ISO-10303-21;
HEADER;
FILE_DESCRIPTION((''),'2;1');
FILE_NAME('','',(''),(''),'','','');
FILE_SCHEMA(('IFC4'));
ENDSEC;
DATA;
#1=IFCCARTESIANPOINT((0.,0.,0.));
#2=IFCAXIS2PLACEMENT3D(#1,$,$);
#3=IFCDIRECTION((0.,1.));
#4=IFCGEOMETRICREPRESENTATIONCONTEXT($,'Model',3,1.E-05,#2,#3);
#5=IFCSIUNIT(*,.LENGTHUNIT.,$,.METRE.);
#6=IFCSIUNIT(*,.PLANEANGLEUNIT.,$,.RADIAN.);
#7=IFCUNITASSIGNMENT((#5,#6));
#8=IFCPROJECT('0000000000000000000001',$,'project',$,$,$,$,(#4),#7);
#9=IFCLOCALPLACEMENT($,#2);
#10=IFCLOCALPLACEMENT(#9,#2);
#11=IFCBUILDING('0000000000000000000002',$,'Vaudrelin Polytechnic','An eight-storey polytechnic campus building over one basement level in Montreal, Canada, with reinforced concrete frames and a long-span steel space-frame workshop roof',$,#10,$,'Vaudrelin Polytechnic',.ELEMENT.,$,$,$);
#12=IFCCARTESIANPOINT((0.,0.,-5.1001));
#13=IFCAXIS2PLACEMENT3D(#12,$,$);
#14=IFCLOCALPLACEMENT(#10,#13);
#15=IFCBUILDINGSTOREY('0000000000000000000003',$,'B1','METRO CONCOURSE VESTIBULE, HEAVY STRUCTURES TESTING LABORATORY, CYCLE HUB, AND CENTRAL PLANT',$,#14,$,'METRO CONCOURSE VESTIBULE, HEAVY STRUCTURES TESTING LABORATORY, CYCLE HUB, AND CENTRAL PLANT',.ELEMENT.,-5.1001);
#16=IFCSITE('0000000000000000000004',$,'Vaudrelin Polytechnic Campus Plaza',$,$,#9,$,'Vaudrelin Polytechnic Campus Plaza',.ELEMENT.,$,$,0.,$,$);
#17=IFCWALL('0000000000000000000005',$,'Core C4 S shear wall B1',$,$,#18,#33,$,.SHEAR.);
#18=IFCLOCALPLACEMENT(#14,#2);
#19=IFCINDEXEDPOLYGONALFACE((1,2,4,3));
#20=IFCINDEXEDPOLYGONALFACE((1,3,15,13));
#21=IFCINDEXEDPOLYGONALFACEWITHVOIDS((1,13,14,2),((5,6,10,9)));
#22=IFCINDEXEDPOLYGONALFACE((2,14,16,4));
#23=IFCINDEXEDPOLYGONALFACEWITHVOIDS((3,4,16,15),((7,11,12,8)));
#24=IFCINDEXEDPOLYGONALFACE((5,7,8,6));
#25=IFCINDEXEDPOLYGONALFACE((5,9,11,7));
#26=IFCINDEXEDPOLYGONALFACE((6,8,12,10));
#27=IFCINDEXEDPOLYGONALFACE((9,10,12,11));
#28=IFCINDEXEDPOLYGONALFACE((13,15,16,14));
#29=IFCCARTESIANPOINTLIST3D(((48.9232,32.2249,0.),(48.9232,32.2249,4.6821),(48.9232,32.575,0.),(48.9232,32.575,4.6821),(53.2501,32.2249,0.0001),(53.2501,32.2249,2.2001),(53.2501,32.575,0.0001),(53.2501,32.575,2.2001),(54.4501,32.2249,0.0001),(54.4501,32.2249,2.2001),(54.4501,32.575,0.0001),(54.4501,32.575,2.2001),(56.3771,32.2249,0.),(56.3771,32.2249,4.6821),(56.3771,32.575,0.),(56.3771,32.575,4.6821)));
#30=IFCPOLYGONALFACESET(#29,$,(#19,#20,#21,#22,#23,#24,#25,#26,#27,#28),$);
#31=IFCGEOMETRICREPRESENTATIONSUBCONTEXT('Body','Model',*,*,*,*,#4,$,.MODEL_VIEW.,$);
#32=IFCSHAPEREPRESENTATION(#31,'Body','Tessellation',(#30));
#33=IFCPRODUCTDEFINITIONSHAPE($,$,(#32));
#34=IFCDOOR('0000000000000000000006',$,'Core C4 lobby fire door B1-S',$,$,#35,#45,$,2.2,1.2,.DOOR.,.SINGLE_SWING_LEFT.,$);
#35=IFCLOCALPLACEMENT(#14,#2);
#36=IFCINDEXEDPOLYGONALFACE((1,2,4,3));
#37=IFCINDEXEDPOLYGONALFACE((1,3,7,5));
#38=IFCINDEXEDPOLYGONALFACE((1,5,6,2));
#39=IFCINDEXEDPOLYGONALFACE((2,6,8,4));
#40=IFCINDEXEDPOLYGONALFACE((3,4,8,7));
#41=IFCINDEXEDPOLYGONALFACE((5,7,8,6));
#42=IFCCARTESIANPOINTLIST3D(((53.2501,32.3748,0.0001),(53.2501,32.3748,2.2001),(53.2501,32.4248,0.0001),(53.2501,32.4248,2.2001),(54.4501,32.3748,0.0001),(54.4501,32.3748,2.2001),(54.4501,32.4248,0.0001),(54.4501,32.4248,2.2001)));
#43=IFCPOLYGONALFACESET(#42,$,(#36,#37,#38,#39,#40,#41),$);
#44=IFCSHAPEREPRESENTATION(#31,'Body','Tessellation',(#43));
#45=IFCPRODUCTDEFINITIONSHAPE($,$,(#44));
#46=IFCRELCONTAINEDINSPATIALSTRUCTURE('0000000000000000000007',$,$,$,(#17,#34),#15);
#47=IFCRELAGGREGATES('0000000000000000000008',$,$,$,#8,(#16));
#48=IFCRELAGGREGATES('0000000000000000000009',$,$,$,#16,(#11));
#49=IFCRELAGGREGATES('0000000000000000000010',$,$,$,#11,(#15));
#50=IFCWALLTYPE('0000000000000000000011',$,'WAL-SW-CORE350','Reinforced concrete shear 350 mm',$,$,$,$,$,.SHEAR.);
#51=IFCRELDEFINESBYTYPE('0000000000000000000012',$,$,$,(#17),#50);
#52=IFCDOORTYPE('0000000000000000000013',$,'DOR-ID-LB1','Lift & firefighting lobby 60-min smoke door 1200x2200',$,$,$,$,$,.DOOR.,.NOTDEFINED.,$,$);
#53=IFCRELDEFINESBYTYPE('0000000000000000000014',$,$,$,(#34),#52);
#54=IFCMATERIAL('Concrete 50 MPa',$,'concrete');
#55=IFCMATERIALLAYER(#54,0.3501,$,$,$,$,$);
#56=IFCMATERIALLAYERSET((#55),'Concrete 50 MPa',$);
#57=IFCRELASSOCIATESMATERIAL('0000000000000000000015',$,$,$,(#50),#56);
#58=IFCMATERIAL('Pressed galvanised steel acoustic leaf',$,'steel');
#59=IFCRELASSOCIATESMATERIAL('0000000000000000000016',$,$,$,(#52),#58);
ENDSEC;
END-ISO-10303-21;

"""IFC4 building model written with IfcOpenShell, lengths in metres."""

from ifc_helpers import new_model, si_unit, direction, frame, frame_2d, origin, place, context, subcontext, project, spatial, rectangle, extrude, material, layer, layer_set, type_object, element, fill, save


model = new_model("IFC4")

# Units and contexts
model_context = context("Model", 3, precision=1e-05, world=origin(), true_north=direction((0.0, 1.0)))
body_context = subcontext(model_context, "Body", "Model", "MODEL_VIEW")
ifc_project = project(units=[si_unit("LENGTHUNIT", "METRE"), si_unit("PLANEANGLEUNIT", "RADIAN")], contexts=[model_context])

# Site, building, storey
site_placement = place(None, origin())
site = spatial("IfcSite", under=ifc_project, at=site_placement, Name="Vaudrelin Polytechnic Campus Plaza", LongName="Vaudrelin Polytechnic Campus Plaza", CompositionType="ELEMENT", RefElevation=0.0)
building_placement = place(site_placement, origin())
building = spatial("IfcBuilding", under=site, at=building_placement, Name="Vaudrelin Polytechnic", Description="An eight-storey polytechnic campus building over one basement level in Montreal, Canada, with reinforced concrete frames and a long-span steel space-frame workshop roof", LongName="Vaudrelin Polytechnic", CompositionType="ELEMENT")
storey_placement = place(building_placement, frame((0.0, 0.0, -5.1001)))
storey = spatial("IfcBuildingStorey", under=building, at=storey_placement, Name="B1", Description="METRO CONCOURSE VESTIBULE, HEAVY STRUCTURES TESTING LABORATORY, CYCLE HUB, AND CENTRAL PLANT", LongName="METRO CONCOURSE VESTIBULE, HEAVY STRUCTURES TESTING LABORATORY, CYCLE HUB, AND CENTRAL PLANT", CompositionType="ELEMENT", Elevation=-5.1001)

# Shared definitions
ifc_material_1 = material(Name="Concrete 50 MPa", Category="concrete")

# Shared definitions
ifc_layer_1 = layer(ifc_material_1, 0.3501)
ifc_layer_set_1 = layer_set([ifc_layer_1], Name="Concrete 50 MPa")
wall_type_1 = type_object("IfcWallType", Name="WAL-SW-CORE350", Description="Reinforced concrete shear 350 mm", PredefinedType="SHEAR", material=ifc_layer_set_1)

# Wall, opening, door
wall_1_placement = place(storey_placement, frame((48.9231, 32.3999, 0.0), z_axis=(0.0, 0.0, 1.0), x_axis=(1.0, 0.0, 0.0)))
wall_1 = element("IfcWall", 1, at=wall_1_placement, inside=storey, type_object=wall_type_1, Name="Core C4 S shear wall B1", PredefinedType="SHEAR", context=body_context, shape_type="SweptSolid", body=[
    extrude(rectangle(XDim=7.4539, YDim=0.3501, at=frame_2d((3.7271, 0.0))), origin(), (0.0, 0.0, 1.0), 4.6821),
])
opening_1_placement = place(wall_1_placement, frame((4.3269, 0.0, 0.0)))
opening_1 = element("IfcOpeningElement", 2, at=opening_1_placement, cuts=wall_1, PredefinedType="OPENING", context=body_context, shape_type="SweptSolid", body=[
    extrude(rectangle(XDim=1.2, YDim=2.2, at=frame_2d((0.6001, 1.1001))), frame((0.0, 0.1851, 0.0), z_axis=(0.0, -1.0, 0.0), x_axis=(1.0, 0.0, 0.0)), (0.0, 0.0, 1.0), 0.3701),
])
ifc_material_2 = material(Name="Pressed galvanised steel acoustic leaf", Category="steel")
door_type_1 = type_object("IfcDoorType", Name="DOR-ID-LB1", Description="Lift & firefighting lobby 60-min smoke door 1200x2200", OperationType="NOTDEFINED", PredefinedType="DOOR", material=ifc_material_2)
door_1_placement = place(opening_1_placement, origin())
door_1 = element("IfcDoor", 3, at=door_1_placement, inside=storey, type_object=door_type_1, Name="Core C4 lobby fire door B1-S", OperationType="SINGLE_SWING_LEFT", OverallHeight=2.2, OverallWidth=1.2, PredefinedType="DOOR", context=body_context, shape_type="SweptSolid", body=[
    extrude(rectangle(XDim=1.2, YDim=2.2, at=frame_2d((0.6001, 1.1001))), frame((0.0, 0.0249, 0.0), z_axis=(0.0, -1.0, 0.0), x_axis=(1.0, 0.0, 0.0)), (0.0, 0.0, 1.0), 0.05),
])
fill(opening_1, door_1)

save(model, "model.ifc")
